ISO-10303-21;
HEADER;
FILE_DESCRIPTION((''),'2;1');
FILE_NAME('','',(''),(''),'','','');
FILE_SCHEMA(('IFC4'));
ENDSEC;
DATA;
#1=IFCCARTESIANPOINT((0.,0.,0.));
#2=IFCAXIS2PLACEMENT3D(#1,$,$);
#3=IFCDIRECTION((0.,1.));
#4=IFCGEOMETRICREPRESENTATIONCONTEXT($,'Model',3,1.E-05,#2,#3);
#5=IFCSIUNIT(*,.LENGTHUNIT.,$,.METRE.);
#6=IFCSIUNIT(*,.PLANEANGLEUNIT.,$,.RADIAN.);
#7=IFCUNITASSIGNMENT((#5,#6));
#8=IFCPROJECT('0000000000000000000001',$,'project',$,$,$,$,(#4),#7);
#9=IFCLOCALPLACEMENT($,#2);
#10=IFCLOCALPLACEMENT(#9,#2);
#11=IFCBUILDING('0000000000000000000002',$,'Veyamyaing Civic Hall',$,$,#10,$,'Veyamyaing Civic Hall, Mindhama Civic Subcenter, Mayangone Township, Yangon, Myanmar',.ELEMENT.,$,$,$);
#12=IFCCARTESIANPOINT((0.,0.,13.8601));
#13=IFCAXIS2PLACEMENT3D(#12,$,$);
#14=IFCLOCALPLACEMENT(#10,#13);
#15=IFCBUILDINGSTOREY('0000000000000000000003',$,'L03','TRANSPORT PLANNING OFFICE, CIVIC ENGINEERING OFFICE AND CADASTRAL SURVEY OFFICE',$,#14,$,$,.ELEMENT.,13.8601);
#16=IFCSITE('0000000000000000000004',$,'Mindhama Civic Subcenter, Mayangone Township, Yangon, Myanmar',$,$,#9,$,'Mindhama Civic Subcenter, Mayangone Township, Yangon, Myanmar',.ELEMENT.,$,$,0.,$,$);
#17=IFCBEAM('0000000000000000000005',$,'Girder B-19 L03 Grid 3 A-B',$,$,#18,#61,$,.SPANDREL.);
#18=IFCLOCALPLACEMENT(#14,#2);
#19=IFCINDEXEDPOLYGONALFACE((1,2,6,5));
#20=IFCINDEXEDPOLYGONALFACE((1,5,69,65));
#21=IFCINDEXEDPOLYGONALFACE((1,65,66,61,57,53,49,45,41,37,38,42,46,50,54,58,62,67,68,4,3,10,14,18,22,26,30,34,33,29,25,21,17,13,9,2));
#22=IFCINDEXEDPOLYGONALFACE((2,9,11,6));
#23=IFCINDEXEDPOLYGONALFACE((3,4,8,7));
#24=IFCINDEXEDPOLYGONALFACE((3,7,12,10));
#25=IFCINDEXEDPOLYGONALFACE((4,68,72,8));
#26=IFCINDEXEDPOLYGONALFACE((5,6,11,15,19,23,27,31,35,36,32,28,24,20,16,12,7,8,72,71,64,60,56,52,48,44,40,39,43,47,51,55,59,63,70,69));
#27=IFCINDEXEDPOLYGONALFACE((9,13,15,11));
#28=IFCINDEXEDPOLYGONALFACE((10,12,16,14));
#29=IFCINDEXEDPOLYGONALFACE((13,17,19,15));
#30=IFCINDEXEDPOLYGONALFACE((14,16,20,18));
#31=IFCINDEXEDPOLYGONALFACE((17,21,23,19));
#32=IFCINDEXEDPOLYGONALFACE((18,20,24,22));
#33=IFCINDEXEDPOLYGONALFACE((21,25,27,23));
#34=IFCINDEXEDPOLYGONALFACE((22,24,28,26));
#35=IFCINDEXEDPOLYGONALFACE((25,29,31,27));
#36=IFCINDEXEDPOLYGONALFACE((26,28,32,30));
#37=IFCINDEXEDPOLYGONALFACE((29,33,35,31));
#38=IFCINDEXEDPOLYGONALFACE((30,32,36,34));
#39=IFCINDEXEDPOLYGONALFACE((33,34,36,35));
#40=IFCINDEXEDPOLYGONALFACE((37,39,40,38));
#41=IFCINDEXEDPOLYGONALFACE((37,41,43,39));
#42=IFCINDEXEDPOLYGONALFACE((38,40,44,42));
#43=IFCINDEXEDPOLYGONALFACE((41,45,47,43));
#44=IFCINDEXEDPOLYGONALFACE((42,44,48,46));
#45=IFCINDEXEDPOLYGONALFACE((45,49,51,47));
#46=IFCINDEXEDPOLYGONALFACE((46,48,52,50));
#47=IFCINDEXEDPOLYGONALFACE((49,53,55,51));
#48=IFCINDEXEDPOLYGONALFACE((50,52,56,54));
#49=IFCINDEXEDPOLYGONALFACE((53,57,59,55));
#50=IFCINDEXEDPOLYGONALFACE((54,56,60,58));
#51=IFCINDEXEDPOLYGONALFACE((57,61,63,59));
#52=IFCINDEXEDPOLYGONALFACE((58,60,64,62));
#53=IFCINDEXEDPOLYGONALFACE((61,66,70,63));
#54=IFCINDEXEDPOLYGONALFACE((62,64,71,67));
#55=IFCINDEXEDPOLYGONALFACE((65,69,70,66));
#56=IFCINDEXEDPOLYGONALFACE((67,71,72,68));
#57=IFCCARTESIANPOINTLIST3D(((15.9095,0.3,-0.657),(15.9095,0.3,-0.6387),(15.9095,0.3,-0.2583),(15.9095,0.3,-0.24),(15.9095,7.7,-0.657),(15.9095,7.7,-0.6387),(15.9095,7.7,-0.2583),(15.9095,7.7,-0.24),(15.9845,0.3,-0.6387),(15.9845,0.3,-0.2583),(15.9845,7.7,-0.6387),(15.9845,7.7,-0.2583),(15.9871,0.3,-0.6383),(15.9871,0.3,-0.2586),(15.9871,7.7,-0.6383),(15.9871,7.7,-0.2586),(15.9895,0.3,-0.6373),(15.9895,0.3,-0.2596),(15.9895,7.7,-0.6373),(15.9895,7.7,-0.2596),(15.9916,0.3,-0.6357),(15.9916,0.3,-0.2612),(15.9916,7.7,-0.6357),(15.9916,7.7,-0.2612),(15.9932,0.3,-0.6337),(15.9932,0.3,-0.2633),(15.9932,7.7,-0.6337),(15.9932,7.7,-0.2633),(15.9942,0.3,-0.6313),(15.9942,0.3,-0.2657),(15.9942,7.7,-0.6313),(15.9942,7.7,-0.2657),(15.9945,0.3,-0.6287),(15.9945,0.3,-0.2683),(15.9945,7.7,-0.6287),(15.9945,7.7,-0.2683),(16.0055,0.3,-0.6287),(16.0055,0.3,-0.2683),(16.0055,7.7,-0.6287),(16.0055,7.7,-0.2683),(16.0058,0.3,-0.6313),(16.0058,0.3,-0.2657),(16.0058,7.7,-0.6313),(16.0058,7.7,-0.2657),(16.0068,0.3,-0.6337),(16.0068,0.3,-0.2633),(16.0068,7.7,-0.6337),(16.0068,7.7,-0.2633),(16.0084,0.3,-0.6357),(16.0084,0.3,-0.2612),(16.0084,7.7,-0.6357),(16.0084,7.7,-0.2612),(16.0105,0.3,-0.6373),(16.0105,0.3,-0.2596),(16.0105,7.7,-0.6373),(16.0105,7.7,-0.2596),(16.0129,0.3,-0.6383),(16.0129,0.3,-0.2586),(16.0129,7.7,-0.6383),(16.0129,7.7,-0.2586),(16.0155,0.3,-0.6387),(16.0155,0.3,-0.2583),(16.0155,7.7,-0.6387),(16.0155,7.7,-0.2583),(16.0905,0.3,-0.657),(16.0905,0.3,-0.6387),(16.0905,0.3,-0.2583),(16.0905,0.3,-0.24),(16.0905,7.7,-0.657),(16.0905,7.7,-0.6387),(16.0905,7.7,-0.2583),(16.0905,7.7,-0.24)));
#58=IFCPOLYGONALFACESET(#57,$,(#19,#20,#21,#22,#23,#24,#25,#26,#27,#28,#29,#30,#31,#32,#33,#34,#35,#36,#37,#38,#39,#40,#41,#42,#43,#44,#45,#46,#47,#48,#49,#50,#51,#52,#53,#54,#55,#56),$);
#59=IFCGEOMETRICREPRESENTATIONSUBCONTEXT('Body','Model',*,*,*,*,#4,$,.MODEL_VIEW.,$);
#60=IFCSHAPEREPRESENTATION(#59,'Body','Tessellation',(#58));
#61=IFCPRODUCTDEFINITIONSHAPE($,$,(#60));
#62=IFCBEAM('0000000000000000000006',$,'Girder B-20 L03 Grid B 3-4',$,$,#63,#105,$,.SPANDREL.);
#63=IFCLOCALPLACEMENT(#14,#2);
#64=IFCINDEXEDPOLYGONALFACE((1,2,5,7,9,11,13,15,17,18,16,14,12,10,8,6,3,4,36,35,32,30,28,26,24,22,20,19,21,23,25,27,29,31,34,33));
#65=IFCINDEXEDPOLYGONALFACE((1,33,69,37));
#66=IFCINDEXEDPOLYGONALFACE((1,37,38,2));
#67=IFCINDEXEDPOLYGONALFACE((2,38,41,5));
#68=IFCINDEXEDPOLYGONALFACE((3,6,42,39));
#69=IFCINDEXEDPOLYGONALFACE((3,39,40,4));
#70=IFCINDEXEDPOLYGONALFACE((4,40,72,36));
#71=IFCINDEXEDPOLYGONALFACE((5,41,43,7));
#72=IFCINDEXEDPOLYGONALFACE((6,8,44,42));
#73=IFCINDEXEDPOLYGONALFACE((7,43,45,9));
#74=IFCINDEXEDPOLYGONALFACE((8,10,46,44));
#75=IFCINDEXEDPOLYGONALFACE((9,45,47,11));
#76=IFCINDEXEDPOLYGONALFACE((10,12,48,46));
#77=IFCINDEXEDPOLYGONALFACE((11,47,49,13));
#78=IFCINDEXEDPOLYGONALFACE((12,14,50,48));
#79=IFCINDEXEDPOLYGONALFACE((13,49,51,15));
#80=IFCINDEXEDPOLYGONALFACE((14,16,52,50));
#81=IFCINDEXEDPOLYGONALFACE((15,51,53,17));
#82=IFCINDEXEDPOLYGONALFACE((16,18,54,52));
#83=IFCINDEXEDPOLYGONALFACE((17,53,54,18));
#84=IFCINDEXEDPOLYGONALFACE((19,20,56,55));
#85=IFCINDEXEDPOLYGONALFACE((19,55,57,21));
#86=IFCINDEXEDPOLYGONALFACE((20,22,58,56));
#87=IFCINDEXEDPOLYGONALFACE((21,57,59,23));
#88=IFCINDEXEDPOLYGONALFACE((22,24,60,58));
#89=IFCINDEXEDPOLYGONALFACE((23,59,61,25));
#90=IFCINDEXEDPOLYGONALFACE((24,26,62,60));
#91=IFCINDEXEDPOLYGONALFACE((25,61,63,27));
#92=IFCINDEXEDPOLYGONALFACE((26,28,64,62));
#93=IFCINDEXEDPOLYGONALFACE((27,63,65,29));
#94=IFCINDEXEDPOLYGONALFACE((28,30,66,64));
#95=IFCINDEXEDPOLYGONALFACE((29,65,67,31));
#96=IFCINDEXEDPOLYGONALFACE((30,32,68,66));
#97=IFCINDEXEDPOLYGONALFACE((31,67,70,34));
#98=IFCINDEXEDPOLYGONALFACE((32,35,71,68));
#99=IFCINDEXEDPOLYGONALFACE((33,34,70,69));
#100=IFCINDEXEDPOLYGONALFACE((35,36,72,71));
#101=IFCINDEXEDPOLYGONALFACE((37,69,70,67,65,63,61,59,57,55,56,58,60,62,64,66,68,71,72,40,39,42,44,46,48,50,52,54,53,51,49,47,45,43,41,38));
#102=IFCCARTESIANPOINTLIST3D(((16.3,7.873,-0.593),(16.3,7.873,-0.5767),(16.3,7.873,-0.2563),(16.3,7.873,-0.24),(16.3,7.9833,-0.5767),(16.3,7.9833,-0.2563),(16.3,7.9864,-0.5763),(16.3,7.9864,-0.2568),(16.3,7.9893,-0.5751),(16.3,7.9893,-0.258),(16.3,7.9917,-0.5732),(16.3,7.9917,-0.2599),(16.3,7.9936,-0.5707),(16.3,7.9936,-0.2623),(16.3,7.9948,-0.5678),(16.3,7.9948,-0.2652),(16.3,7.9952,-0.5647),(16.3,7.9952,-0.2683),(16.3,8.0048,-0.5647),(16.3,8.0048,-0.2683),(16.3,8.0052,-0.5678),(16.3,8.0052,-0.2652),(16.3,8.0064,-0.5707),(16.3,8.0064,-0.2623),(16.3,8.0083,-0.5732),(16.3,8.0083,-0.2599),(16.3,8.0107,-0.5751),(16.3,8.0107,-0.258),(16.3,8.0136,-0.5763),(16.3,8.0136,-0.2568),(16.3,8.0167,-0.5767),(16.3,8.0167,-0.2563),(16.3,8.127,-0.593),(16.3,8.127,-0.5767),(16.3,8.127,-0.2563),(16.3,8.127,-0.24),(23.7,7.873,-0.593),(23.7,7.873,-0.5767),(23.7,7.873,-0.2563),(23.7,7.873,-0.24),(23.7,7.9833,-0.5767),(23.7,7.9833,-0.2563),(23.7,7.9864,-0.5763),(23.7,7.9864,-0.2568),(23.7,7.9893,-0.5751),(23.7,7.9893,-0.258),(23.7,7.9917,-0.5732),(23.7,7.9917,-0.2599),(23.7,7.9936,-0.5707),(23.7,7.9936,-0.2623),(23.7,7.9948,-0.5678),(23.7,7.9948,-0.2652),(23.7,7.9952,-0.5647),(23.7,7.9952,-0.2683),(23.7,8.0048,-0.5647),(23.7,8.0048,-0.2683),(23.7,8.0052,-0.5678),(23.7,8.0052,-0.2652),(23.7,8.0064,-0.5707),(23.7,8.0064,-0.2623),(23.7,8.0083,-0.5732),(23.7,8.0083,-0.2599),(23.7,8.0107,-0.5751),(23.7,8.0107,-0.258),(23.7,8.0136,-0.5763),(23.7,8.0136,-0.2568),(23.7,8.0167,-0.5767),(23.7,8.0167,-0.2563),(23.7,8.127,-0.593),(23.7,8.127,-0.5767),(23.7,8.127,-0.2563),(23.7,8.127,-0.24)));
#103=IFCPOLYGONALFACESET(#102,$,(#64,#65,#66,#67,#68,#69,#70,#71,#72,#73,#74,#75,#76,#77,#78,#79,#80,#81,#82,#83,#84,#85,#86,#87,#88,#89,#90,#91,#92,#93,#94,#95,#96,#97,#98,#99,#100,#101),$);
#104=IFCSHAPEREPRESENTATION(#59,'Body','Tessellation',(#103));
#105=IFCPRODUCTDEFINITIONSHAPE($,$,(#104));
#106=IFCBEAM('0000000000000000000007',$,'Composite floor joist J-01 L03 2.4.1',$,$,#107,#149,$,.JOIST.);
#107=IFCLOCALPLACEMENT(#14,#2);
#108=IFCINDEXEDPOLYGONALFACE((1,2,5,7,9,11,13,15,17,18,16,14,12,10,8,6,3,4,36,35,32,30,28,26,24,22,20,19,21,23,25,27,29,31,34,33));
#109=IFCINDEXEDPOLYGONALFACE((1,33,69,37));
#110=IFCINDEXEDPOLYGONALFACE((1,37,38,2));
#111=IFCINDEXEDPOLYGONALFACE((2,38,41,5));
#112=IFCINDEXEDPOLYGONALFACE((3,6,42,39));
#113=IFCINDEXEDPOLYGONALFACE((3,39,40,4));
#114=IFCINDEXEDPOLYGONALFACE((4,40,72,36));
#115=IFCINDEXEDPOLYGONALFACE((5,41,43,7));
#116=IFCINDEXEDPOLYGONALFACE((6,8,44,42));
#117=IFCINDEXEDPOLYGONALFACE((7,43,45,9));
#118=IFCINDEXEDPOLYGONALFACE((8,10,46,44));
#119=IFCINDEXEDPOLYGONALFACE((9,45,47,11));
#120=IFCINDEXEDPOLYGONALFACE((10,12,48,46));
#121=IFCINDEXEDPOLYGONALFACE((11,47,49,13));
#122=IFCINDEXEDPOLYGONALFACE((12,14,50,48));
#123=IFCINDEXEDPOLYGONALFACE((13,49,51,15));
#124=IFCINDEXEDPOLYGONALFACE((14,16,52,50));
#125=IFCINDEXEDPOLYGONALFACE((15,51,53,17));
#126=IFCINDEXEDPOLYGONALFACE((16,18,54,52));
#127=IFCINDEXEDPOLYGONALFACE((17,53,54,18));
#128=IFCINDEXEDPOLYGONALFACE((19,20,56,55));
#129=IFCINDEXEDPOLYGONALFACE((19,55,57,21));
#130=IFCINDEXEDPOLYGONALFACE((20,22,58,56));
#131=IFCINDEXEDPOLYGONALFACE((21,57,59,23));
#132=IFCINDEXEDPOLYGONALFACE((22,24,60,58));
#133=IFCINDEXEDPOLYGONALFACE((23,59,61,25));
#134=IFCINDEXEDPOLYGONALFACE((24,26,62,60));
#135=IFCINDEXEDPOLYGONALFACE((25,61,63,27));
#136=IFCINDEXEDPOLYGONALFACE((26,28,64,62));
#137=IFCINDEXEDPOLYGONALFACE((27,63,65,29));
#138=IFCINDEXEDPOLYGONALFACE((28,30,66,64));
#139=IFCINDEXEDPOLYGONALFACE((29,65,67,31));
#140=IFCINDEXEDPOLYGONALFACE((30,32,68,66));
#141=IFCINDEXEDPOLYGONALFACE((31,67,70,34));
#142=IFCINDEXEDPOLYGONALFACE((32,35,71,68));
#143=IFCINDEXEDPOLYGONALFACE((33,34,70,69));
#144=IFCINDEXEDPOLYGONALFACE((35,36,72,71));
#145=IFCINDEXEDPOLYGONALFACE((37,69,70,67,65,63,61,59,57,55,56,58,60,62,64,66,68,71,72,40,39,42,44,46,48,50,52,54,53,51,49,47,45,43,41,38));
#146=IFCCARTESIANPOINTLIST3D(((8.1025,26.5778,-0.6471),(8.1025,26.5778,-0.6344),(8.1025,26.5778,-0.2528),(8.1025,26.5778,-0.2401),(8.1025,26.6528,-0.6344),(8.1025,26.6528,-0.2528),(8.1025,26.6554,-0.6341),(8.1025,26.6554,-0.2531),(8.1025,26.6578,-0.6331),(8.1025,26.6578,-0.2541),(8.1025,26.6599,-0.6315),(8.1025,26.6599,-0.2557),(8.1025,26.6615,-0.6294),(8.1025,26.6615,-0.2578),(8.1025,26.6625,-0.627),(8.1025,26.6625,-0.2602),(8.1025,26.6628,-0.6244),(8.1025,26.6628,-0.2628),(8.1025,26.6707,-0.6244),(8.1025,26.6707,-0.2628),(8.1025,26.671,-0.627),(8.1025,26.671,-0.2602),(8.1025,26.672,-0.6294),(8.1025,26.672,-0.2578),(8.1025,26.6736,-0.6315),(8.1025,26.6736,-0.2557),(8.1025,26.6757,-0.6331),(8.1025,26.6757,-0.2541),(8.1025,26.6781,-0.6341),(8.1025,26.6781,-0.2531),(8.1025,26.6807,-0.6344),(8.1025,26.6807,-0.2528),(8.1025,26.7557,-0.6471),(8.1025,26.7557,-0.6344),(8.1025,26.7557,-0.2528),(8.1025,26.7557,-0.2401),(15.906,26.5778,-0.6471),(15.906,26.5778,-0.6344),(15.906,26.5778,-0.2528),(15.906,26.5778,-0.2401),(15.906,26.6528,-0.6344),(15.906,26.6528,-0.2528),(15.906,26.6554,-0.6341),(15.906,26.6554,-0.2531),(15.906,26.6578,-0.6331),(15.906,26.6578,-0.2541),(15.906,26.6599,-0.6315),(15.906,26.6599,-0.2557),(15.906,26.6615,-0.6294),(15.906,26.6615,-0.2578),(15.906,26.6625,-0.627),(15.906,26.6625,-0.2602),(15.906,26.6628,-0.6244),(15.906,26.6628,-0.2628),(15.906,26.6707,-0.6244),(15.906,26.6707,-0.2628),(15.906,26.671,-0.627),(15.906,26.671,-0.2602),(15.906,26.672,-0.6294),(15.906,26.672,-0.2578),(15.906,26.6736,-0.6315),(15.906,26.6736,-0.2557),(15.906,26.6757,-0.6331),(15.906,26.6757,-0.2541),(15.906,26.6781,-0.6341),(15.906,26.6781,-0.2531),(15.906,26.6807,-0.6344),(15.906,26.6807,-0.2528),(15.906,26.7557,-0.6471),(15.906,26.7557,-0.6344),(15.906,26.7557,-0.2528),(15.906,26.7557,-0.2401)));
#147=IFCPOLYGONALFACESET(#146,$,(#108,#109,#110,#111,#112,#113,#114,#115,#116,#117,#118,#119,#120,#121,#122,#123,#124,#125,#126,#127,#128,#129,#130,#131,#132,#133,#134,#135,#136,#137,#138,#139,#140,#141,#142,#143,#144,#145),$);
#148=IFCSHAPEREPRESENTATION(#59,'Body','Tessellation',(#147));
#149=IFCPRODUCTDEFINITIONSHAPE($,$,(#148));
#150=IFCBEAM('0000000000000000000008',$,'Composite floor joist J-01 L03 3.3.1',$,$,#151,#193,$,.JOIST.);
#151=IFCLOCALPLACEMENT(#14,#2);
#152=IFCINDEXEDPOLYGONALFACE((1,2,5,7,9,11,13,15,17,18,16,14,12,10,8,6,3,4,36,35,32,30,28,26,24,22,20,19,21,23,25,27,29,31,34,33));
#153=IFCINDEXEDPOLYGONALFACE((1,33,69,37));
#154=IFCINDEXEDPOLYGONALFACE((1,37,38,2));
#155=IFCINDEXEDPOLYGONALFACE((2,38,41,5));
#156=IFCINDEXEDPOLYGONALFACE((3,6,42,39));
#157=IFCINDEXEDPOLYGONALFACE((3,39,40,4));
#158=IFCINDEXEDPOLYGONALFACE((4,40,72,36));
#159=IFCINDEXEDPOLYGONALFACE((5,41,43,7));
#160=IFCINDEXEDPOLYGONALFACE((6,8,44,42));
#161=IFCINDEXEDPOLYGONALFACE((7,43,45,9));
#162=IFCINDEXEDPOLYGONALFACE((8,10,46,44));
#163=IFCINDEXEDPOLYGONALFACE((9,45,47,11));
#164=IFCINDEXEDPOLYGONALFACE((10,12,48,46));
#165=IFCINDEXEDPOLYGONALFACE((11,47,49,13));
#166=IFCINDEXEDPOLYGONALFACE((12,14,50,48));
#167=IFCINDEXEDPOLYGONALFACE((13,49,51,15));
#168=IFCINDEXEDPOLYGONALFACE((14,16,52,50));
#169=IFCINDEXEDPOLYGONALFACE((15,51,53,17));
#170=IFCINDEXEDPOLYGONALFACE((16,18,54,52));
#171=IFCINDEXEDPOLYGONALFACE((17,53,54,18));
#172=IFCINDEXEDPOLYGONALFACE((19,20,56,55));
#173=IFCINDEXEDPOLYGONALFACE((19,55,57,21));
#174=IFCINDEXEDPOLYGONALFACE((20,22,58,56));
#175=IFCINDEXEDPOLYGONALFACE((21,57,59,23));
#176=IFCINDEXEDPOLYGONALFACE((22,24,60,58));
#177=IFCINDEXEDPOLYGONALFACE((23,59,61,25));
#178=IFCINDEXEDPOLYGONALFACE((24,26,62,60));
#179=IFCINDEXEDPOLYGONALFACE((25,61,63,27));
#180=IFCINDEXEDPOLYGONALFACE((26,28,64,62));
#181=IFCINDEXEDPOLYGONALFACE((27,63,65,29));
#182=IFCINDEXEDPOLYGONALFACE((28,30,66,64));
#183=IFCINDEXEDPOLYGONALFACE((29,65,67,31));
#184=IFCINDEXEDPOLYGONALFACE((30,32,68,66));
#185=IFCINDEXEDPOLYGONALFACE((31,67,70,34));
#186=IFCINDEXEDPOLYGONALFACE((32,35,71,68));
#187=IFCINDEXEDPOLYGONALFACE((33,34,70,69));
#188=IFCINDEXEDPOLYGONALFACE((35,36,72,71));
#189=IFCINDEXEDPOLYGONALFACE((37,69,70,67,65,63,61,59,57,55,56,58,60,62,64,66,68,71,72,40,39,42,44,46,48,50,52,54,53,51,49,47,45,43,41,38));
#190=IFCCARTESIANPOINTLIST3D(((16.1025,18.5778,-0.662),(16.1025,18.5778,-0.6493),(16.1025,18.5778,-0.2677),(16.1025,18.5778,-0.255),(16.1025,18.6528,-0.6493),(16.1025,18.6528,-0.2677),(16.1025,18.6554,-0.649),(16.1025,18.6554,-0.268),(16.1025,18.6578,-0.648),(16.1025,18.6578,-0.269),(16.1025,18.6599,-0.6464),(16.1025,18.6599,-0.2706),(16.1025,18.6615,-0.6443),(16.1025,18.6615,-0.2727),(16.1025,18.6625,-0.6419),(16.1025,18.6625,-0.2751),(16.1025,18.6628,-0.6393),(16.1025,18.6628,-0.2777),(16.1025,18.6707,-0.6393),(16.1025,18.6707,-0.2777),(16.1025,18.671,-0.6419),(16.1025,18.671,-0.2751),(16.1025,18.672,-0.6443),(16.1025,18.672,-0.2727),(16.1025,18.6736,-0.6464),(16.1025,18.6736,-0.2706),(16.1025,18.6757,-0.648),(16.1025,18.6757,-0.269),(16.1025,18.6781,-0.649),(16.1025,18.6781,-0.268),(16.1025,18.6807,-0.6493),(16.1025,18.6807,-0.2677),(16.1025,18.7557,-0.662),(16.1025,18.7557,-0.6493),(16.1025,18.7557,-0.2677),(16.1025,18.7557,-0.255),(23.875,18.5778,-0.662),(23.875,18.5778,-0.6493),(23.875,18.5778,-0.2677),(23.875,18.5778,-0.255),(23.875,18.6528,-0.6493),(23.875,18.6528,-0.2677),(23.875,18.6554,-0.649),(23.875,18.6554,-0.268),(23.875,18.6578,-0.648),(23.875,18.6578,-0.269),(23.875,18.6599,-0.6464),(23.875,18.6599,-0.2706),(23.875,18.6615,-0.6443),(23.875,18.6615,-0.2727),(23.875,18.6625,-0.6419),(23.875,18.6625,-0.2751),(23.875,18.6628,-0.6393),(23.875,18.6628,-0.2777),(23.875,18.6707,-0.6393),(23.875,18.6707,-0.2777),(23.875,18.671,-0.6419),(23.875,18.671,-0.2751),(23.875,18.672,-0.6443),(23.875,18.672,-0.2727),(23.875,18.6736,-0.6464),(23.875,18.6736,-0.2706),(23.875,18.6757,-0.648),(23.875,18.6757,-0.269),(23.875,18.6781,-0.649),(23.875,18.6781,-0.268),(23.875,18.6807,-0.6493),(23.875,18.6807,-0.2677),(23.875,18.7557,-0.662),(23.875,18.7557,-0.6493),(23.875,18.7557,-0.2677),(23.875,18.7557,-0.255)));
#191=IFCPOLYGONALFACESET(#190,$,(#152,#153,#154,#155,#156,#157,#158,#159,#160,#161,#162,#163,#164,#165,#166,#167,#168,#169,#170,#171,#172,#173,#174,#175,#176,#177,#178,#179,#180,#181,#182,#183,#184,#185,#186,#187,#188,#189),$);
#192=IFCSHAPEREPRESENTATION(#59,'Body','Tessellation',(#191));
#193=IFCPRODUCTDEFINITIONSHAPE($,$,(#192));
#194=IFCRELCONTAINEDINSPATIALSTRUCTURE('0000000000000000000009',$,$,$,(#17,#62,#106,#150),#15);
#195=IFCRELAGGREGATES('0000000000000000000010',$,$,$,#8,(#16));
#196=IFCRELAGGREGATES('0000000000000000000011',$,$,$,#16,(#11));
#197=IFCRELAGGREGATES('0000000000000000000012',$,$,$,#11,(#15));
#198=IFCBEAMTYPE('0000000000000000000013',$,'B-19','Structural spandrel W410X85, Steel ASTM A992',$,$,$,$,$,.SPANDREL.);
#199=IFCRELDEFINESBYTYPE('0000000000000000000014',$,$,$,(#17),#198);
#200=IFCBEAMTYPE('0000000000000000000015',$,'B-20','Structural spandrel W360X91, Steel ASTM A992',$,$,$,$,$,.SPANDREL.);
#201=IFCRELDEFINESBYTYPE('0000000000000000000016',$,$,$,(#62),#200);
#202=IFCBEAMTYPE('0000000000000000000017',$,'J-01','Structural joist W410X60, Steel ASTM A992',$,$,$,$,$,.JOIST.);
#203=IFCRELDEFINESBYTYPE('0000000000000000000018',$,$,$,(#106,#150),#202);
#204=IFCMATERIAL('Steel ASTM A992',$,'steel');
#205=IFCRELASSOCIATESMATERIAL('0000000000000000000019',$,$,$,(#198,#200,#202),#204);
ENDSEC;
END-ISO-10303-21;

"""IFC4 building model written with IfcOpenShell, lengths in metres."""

from ifc_helpers import new_model, si_unit, direction, frame, origin, origin_2d, place, context, subcontext, project, spatial, i_section, extrude, material, material_profile, profile_set, type_object, element, save


model = new_model("IFC4")

# Units and contexts
model_context = context("Model", 3, precision=1e-05, world=origin(), true_north=direction((0.0, 1.0)))
body_context = subcontext(model_context, "Body", "Model", "MODEL_VIEW")
ifc_project = project(units=[si_unit("LENGTHUNIT", "METRE"), si_unit("PLANEANGLEUNIT", "RADIAN")], contexts=[model_context])

# Site, building, storey
site_placement = place(None, origin())
site = spatial("IfcSite", under=ifc_project, at=site_placement, Name="Mindhama Civic Subcenter, Mayangone Township, Yangon, Myanmar", LongName="Mindhama Civic Subcenter, Mayangone Township, Yangon, Myanmar", CompositionType="ELEMENT", RefElevation=0.0)
building_placement = place(site_placement, origin())
building = spatial("IfcBuilding", under=site, at=building_placement, Name="Veyamyaing Civic Hall", LongName="Veyamyaing Civic Hall, Mindhama Civic Subcenter, Mayangone Township, Yangon, Myanmar", CompositionType="ELEMENT")
storey_placement = place(building_placement, frame((0.0, 0.0, 13.8601)))
storey = spatial("IfcBuildingStorey", under=building, at=storey_placement, Name="L03", Description="TRANSPORT PLANNING OFFICE, CIVIC ENGINEERING OFFICE AND CADASTRAL SURVEY OFFICE", CompositionType="ELEMENT", Elevation=13.8601)

# Beams
ifc_material_1 = material(Name="Steel ASTM A992", Category="steel")
ifc_material_profile_1 = material_profile(ifc_material_1, i_section(OverallWidth=0.1809, OverallDepth=0.417, WebThickness=0.011, FlangeThickness=0.0183, FilletRadius=0.01, at=origin_2d()), Name="W410X85")
ifc_profile_set_1 = profile_set([ifc_material_profile_1], Name="Steel ASTM A992")
beam_type_1 = type_object("IfcBeamType", Name="B-19", Description="Structural spandrel W410X85, Steel ASTM A992", PredefinedType="SPANDREL", material=ifc_profile_set_1)
beam_1_placement = place(storey_placement, frame((16.0, 0.3, -0.4485), z_axis=(0.0, 1.0, 0.0), x_axis=(-1.0, 0.0, 0.0)))
element("IfcBeam", 1, at=beam_1_placement, inside=storey, type_object=beam_type_1, Name="Girder B-19 L03 Grid 3 A-B", PredefinedType="SPANDREL", context=body_context, shape_type="SweptSolid", body=[
    extrude(i_section(OverallWidth=0.1809, OverallDepth=0.417, WebThickness=0.011, FlangeThickness=0.0183, FilletRadius=0.01, at=origin_2d()), origin(), (0.0, 0.0, 1.0), 7.3999),
])
ifc_material_profile_2 = material_profile(ifc_material_1, i_section(OverallWidth=0.2539, OverallDepth=0.353, WebThickness=0.0095, FlangeThickness=0.0164, FilletRadius=0.012, at=origin_2d()), Name="W360X91")
ifc_profile_set_2 = profile_set([ifc_material_profile_2], Name="Steel ASTM A992")
beam_type_2 = type_object("IfcBeamType", Name="B-20", Description="Structural spandrel W360X91, Steel ASTM A992", PredefinedType="SPANDREL", material=ifc_profile_set_2)
beam_2_placement = place(storey_placement, frame((16.3, 8.0, -0.4165), z_axis=(1.0, 0.0, 0.0), x_axis=(0.0, 1.0, 0.0)))
element("IfcBeam", 2, at=beam_2_placement, inside=storey, type_object=beam_type_2, Name="Girder B-20 L03 Grid B 3-4", PredefinedType="SPANDREL", context=body_context, shape_type="SweptSolid", body=[
    extrude(i_section(OverallWidth=0.2539, OverallDepth=0.353, WebThickness=0.0095, FlangeThickness=0.0164, FilletRadius=0.012, at=origin_2d()), origin(), (0.0, 0.0, 1.0), 7.3999),
])
ifc_material_profile_3 = material_profile(ifc_material_1, i_section(OverallWidth=0.178, OverallDepth=0.407, WebThickness=0.0078, FlangeThickness=0.0127, FilletRadius=0.01, at=origin_2d()), Name="W410X60")
ifc_profile_set_3 = profile_set([ifc_material_profile_3], Name="Steel ASTM A992")
beam_type_3 = type_object("IfcBeamType", Name="J-01", Description="Structural joist W410X60, Steel ASTM A992", PredefinedType="JOIST", material=ifc_profile_set_3)
beam_3_placement = place(storey_placement, frame((8.1025, 26.6667, -0.4436), z_axis=(1.0, 0.0, 0.0), x_axis=(0.0, 1.0, 0.0)))
element("IfcBeam", 3, at=beam_3_placement, inside=storey, type_object=beam_type_3, Name="Composite floor joist J-01 L03 2.4.1", PredefinedType="JOIST", context=body_context, shape_type="SweptSolid", body=[
    extrude(i_section(OverallWidth=0.178, OverallDepth=0.407, WebThickness=0.0078, FlangeThickness=0.0127, FilletRadius=0.01, at=origin_2d()), origin(), (0.0, 0.0, 1.0), 7.8035),
])
for number, where, z_axis, x_axis, name in (
    (4, (16.1025, 18.6667, -0.4585), (1.0, 0.0, 0.0), (0.0, 1.0, 0.0), "Composite floor joist J-01 L03 3.3.1"),
):
    element("IfcBeam", number, at=place(storey_placement, frame(where, z_axis=z_axis, x_axis=x_axis)), inside=storey, type_object=beam_type_3, Name=name, PredefinedType="JOIST", context=body_context, shape_type="SweptSolid", body=[
        extrude(i_section(OverallWidth=0.178, OverallDepth=0.407, WebThickness=0.0078, FlangeThickness=0.0127, FilletRadius=0.01, at=origin_2d()), origin(), (0.0, 0.0, 1.0), 7.7725),
    ])

save(model, "model.ifc")
